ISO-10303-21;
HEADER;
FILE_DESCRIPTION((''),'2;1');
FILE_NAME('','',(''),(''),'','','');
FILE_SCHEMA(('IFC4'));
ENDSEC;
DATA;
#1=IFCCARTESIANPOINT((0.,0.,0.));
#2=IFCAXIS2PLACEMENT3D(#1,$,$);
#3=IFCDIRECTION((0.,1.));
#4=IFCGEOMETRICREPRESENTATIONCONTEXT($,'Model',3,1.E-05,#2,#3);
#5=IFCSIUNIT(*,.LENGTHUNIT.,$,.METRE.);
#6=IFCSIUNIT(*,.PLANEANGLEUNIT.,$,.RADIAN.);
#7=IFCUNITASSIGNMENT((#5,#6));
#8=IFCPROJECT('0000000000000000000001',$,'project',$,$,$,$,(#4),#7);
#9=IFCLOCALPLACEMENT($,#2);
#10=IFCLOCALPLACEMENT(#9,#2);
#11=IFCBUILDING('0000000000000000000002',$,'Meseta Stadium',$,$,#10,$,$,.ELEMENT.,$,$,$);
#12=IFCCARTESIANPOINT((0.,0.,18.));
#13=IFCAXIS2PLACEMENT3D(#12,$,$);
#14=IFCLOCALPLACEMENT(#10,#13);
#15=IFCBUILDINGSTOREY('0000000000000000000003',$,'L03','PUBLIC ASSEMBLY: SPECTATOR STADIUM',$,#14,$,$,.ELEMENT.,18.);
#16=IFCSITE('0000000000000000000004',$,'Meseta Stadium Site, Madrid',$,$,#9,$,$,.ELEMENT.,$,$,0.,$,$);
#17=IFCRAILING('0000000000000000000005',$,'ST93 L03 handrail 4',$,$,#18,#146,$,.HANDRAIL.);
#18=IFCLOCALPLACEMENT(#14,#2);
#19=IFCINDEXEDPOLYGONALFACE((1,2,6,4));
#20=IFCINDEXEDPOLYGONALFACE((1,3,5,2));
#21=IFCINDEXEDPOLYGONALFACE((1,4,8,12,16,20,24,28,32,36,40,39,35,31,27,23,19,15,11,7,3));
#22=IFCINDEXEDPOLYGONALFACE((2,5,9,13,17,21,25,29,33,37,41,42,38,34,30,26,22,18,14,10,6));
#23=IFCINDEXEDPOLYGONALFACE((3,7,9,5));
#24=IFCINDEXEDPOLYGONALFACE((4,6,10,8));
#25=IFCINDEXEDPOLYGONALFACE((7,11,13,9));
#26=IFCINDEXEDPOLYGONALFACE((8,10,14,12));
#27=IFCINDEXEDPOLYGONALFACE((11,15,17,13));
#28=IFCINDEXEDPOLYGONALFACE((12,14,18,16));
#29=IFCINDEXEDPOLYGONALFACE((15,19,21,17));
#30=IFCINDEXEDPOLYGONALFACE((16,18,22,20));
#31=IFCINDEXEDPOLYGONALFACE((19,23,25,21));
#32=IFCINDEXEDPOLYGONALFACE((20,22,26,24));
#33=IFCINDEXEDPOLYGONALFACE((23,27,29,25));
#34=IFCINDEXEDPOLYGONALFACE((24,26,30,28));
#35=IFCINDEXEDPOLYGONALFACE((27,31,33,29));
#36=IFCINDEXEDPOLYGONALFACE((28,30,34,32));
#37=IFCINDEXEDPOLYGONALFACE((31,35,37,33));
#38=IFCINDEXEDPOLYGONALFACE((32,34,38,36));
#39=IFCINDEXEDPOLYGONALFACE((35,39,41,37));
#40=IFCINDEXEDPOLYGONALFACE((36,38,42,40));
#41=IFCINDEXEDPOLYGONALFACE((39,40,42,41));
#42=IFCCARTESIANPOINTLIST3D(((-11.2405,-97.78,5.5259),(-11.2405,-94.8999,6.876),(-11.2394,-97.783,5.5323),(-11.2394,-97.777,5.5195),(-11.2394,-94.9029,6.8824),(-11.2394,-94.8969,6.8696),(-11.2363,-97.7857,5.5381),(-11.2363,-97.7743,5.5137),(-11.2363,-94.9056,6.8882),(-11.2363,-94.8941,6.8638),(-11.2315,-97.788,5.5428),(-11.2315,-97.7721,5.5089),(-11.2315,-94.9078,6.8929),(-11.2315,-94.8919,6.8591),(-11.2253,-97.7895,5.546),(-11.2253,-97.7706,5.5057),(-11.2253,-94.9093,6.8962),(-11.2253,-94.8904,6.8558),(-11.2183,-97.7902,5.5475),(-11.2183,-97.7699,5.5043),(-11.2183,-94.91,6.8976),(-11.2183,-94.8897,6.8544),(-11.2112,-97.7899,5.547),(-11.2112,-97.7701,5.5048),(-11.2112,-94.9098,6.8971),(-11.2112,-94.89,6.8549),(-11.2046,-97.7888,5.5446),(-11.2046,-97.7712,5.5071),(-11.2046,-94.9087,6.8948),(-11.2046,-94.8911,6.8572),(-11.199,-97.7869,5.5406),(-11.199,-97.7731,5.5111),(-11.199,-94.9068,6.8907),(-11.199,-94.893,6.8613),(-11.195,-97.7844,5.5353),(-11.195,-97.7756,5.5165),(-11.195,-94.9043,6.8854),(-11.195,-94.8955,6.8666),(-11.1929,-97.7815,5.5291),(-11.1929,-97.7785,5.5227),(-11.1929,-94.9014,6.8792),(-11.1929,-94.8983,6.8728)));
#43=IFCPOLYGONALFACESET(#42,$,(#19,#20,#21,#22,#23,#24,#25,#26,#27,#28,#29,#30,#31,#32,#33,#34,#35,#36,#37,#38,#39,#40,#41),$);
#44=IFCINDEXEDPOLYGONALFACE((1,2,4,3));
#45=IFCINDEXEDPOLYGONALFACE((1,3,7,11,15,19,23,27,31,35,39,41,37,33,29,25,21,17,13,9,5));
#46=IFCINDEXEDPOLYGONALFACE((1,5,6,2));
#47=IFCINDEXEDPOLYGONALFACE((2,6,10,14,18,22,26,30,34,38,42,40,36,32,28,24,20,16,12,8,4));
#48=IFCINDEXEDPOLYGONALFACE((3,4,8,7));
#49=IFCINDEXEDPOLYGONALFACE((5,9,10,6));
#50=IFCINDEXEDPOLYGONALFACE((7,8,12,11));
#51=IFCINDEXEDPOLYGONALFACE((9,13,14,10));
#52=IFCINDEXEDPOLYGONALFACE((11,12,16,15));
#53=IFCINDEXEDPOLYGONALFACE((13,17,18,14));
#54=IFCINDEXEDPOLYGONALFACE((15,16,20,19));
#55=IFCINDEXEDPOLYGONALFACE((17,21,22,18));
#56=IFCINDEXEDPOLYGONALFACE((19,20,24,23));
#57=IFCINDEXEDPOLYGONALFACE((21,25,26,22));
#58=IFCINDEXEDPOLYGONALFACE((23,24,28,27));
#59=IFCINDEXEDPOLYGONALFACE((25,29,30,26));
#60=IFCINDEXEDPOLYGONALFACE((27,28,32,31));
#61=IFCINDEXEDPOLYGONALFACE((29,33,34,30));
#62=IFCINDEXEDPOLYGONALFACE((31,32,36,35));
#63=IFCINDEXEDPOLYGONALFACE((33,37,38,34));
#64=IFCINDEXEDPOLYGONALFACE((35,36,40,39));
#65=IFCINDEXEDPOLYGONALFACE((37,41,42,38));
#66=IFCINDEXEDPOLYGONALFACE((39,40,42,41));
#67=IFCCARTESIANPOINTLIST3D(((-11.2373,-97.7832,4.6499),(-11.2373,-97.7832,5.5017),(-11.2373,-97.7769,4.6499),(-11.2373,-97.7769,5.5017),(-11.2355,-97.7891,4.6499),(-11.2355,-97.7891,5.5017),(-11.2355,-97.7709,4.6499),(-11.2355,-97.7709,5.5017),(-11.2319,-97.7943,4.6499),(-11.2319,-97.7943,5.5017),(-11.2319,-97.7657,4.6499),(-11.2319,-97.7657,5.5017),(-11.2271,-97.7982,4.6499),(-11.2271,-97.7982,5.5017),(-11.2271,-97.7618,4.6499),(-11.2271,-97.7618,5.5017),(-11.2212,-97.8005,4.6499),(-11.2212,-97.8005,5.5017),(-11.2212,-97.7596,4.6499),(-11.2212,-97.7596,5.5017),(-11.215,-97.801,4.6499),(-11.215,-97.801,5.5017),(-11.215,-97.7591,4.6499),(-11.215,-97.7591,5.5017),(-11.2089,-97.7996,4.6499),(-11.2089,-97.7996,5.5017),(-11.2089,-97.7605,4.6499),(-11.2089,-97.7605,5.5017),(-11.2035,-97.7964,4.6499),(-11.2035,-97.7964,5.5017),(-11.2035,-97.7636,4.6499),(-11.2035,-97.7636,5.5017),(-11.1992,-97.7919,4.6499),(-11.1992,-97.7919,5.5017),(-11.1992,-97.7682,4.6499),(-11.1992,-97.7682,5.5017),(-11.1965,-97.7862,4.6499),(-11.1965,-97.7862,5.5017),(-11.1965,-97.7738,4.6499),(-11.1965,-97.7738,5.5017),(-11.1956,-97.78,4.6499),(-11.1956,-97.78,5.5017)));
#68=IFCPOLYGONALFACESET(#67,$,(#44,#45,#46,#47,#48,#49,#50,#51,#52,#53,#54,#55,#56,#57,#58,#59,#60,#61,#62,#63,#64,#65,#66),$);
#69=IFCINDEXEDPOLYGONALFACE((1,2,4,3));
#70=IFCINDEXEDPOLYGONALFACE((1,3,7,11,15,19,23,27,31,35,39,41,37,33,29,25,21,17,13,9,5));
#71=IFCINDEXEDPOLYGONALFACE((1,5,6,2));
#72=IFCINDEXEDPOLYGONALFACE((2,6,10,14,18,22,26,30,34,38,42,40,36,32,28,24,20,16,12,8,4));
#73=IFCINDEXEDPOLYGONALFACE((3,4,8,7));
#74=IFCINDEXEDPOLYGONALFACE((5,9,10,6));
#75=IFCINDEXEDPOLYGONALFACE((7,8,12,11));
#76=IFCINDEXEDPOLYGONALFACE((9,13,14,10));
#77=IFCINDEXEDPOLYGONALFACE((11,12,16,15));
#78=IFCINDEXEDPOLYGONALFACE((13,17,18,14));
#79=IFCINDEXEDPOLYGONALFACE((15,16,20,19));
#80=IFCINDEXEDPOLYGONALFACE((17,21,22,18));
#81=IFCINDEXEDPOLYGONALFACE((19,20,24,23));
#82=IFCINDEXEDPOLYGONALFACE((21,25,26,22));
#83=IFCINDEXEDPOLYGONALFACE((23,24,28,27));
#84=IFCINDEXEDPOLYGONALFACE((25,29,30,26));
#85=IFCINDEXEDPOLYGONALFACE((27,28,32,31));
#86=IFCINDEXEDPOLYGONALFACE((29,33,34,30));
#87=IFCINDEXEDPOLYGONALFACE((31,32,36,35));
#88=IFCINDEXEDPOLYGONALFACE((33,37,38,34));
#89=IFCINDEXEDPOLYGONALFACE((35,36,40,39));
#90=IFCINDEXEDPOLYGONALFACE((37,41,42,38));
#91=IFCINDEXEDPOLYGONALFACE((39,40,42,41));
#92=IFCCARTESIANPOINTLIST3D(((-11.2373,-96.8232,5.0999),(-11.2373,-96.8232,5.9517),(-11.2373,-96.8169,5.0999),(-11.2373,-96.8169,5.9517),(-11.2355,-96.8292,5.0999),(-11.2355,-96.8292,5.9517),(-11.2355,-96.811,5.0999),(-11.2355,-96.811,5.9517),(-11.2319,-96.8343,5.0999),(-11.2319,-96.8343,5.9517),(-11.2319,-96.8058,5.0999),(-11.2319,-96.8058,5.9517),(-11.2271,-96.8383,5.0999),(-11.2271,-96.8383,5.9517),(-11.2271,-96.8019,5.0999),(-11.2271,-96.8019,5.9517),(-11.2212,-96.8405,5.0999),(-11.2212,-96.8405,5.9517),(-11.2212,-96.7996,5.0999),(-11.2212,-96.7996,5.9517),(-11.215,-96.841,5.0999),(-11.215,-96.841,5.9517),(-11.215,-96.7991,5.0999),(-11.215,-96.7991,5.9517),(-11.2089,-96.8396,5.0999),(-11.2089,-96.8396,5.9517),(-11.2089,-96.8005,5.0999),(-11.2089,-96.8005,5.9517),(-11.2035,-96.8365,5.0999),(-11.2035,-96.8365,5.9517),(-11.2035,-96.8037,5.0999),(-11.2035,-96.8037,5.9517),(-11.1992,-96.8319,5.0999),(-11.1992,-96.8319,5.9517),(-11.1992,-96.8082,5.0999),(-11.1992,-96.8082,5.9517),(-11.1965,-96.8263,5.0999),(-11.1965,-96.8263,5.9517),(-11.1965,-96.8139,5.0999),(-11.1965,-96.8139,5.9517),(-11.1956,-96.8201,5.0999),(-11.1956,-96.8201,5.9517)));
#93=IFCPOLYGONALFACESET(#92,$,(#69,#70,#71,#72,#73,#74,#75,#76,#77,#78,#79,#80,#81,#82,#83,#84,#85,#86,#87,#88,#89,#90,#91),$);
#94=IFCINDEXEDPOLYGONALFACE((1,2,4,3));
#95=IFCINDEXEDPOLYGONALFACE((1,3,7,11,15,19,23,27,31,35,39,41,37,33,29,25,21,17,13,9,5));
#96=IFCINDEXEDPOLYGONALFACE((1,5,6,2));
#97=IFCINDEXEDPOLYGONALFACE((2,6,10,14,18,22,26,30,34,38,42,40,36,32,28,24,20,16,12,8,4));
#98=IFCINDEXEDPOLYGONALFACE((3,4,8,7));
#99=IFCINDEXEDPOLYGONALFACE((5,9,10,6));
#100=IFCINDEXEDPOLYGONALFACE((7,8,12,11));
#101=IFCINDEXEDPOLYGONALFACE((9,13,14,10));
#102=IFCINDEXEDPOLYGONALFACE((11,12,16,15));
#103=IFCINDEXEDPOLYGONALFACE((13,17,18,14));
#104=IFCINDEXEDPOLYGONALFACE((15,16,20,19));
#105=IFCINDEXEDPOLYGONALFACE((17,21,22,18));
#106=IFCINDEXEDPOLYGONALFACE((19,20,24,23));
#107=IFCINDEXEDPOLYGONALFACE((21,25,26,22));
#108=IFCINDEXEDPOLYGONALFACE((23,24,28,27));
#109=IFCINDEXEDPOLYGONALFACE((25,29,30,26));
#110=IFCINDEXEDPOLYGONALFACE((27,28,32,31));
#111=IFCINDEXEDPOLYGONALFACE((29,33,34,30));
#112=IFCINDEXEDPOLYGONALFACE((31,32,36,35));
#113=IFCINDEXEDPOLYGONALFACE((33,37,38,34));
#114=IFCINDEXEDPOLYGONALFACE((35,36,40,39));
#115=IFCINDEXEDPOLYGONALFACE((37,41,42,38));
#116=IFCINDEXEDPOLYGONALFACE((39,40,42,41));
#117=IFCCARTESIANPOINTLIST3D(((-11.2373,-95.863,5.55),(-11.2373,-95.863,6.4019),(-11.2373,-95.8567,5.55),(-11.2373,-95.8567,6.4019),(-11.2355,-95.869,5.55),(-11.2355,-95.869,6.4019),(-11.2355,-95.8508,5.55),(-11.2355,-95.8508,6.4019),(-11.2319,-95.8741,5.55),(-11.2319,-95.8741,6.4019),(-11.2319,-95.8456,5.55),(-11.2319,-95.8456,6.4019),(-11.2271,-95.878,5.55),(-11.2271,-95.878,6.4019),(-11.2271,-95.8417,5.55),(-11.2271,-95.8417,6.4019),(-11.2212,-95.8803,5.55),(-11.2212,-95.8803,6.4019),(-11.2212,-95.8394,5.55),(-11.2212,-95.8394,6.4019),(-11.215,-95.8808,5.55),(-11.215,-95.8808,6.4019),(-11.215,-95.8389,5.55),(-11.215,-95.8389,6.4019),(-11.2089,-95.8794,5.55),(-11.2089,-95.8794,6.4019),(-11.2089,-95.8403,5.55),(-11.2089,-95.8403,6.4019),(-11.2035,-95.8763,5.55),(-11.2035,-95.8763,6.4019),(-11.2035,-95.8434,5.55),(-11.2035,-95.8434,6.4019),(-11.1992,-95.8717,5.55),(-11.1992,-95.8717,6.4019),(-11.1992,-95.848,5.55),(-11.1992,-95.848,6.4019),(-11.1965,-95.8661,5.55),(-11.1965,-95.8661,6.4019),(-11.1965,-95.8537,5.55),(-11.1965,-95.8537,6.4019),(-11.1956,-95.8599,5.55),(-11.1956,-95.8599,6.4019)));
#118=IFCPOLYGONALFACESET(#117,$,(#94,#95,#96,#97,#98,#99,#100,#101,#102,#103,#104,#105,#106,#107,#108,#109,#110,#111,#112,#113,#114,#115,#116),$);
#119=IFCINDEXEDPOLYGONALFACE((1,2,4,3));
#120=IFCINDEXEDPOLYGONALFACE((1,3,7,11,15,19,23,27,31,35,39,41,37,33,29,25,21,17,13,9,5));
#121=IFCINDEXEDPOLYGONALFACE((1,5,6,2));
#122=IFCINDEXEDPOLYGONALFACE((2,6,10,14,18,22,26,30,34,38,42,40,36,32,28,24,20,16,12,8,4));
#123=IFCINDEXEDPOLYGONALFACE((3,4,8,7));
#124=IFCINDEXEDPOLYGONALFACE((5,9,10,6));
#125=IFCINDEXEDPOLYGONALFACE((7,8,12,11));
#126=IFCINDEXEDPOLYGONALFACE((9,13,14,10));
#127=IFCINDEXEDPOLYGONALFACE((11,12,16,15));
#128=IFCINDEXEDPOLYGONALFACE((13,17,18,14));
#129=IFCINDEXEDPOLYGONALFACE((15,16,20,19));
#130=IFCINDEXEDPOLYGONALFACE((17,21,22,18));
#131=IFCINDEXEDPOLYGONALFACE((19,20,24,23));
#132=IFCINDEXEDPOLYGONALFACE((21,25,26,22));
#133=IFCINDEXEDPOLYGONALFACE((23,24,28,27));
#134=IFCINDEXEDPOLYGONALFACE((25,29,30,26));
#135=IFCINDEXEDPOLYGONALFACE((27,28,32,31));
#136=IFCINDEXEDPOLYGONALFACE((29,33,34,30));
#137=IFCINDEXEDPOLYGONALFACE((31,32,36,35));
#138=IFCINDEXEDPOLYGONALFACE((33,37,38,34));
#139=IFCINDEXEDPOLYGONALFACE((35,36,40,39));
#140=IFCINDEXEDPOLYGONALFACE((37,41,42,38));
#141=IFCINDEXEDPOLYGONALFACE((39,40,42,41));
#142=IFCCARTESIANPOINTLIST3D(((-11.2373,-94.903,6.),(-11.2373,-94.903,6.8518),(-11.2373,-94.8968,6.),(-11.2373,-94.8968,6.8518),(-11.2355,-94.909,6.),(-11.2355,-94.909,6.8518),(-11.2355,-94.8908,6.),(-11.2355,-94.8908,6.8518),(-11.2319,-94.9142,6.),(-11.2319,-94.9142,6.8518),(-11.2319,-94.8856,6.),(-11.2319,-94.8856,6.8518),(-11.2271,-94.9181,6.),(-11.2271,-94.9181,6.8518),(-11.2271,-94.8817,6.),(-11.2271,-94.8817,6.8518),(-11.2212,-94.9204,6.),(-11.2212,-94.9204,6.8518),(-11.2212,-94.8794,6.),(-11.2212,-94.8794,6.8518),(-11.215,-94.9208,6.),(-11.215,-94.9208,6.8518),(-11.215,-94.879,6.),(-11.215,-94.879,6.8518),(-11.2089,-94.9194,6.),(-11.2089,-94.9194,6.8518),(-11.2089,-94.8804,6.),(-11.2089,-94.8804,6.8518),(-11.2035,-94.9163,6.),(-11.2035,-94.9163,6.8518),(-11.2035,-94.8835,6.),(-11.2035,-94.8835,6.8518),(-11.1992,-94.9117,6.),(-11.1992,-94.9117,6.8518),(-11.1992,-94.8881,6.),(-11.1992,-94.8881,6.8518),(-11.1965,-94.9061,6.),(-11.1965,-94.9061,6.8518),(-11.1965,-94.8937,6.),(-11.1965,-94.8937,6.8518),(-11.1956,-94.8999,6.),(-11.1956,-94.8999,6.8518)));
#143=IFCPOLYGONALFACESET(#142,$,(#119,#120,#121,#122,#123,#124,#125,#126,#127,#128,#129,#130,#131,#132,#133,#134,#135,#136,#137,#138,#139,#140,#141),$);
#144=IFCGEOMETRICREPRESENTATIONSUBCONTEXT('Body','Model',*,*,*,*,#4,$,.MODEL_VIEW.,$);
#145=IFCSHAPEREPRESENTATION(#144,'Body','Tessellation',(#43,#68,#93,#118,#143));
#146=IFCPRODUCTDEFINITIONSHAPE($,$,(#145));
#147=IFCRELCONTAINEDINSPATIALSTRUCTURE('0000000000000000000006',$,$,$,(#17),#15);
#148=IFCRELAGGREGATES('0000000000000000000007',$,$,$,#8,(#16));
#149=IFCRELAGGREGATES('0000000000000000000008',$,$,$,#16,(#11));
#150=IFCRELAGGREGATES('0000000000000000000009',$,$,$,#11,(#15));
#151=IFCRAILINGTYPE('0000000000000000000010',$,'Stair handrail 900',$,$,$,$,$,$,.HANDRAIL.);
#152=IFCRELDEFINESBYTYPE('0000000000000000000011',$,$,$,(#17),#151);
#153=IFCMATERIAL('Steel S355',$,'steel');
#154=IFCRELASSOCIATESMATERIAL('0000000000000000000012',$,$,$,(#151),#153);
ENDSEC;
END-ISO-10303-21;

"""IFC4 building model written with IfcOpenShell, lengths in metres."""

from ifc_helpers import new_model, si_unit, direction, frame, origin, origin_2d, place, context, subcontext, project, spatial, circle, extrude, material, type_object, element, save


model = new_model("IFC4")

# Units and contexts
model_context = context("Model", 3, precision=1e-05, world=origin(), true_north=direction((0.0, 1.0)))
body_context = subcontext(model_context, "Body", "Model", "MODEL_VIEW")
ifc_project = project(units=[si_unit("LENGTHUNIT", "METRE"), si_unit("PLANEANGLEUNIT", "RADIAN")], contexts=[model_context])

# Site, building, storey
site_placement = place(None, origin())
site = spatial("IfcSite", under=ifc_project, at=site_placement, Name="Meseta Stadium Site, Madrid", CompositionType="ELEMENT", RefElevation=0.0)
building_placement = place(site_placement, origin())
building = spatial("IfcBuilding", under=site, at=building_placement, Name="Meseta Stadium", CompositionType="ELEMENT")
storey_placement = place(building_placement, frame((0.0, 0.0, 18.0)))
storey = spatial("IfcBuildingStorey", under=building, at=storey_placement, Name="L03", Description="PUBLIC ASSEMBLY: SPECTATOR STADIUM", CompositionType="ELEMENT", Elevation=18.0)

# Railing
ifc_material_1 = material(Name="Steel S355", Category="steel")
railing_type_1 = type_object("IfcRailingType", Name="Stair handrail 900", PredefinedType="HANDRAIL", material=ifc_material_1)
railing_1_placement = place(storey_placement, frame((-11.2166, -97.78, 4.6499)))
element("IfcRailing", 1, at=railing_1_placement, inside=storey, type_object=railing_type_1, Name="ST93 L03 handrail 4", PredefinedType="HANDRAIL", context=body_context, shape_type="SweptSolid", body=[
    extrude(circle(Radius=0.0239, at=origin_2d()), frame((0.0, 0.0, 0.876), z_axis=(0.0, 0.905454, 0.424444), x_axis=(-1.0, 0.0, 0.0)), (0.0, 0.0, 1.0), 3.1809),
    extrude(circle(Radius=0.021, at=origin_2d()), origin(), (0.0, 0.0, 1.0), 0.8518),
    extrude(circle(Radius=0.021, at=origin_2d()), frame((0.0, 0.96, 0.45)), (0.0, 0.0, 1.0), 0.8518),
    extrude(circle(Radius=0.021, at=origin_2d()), frame((0.0, 1.9202, 0.9001)), (0.0, 0.0, 1.0), 0.8518),
    extrude(circle(Radius=0.021, at=origin_2d()), frame((0.0, 2.8801, 1.3501)), (0.0, 0.0, 1.0), 0.8518),
])

save(model, "model.ifc")
